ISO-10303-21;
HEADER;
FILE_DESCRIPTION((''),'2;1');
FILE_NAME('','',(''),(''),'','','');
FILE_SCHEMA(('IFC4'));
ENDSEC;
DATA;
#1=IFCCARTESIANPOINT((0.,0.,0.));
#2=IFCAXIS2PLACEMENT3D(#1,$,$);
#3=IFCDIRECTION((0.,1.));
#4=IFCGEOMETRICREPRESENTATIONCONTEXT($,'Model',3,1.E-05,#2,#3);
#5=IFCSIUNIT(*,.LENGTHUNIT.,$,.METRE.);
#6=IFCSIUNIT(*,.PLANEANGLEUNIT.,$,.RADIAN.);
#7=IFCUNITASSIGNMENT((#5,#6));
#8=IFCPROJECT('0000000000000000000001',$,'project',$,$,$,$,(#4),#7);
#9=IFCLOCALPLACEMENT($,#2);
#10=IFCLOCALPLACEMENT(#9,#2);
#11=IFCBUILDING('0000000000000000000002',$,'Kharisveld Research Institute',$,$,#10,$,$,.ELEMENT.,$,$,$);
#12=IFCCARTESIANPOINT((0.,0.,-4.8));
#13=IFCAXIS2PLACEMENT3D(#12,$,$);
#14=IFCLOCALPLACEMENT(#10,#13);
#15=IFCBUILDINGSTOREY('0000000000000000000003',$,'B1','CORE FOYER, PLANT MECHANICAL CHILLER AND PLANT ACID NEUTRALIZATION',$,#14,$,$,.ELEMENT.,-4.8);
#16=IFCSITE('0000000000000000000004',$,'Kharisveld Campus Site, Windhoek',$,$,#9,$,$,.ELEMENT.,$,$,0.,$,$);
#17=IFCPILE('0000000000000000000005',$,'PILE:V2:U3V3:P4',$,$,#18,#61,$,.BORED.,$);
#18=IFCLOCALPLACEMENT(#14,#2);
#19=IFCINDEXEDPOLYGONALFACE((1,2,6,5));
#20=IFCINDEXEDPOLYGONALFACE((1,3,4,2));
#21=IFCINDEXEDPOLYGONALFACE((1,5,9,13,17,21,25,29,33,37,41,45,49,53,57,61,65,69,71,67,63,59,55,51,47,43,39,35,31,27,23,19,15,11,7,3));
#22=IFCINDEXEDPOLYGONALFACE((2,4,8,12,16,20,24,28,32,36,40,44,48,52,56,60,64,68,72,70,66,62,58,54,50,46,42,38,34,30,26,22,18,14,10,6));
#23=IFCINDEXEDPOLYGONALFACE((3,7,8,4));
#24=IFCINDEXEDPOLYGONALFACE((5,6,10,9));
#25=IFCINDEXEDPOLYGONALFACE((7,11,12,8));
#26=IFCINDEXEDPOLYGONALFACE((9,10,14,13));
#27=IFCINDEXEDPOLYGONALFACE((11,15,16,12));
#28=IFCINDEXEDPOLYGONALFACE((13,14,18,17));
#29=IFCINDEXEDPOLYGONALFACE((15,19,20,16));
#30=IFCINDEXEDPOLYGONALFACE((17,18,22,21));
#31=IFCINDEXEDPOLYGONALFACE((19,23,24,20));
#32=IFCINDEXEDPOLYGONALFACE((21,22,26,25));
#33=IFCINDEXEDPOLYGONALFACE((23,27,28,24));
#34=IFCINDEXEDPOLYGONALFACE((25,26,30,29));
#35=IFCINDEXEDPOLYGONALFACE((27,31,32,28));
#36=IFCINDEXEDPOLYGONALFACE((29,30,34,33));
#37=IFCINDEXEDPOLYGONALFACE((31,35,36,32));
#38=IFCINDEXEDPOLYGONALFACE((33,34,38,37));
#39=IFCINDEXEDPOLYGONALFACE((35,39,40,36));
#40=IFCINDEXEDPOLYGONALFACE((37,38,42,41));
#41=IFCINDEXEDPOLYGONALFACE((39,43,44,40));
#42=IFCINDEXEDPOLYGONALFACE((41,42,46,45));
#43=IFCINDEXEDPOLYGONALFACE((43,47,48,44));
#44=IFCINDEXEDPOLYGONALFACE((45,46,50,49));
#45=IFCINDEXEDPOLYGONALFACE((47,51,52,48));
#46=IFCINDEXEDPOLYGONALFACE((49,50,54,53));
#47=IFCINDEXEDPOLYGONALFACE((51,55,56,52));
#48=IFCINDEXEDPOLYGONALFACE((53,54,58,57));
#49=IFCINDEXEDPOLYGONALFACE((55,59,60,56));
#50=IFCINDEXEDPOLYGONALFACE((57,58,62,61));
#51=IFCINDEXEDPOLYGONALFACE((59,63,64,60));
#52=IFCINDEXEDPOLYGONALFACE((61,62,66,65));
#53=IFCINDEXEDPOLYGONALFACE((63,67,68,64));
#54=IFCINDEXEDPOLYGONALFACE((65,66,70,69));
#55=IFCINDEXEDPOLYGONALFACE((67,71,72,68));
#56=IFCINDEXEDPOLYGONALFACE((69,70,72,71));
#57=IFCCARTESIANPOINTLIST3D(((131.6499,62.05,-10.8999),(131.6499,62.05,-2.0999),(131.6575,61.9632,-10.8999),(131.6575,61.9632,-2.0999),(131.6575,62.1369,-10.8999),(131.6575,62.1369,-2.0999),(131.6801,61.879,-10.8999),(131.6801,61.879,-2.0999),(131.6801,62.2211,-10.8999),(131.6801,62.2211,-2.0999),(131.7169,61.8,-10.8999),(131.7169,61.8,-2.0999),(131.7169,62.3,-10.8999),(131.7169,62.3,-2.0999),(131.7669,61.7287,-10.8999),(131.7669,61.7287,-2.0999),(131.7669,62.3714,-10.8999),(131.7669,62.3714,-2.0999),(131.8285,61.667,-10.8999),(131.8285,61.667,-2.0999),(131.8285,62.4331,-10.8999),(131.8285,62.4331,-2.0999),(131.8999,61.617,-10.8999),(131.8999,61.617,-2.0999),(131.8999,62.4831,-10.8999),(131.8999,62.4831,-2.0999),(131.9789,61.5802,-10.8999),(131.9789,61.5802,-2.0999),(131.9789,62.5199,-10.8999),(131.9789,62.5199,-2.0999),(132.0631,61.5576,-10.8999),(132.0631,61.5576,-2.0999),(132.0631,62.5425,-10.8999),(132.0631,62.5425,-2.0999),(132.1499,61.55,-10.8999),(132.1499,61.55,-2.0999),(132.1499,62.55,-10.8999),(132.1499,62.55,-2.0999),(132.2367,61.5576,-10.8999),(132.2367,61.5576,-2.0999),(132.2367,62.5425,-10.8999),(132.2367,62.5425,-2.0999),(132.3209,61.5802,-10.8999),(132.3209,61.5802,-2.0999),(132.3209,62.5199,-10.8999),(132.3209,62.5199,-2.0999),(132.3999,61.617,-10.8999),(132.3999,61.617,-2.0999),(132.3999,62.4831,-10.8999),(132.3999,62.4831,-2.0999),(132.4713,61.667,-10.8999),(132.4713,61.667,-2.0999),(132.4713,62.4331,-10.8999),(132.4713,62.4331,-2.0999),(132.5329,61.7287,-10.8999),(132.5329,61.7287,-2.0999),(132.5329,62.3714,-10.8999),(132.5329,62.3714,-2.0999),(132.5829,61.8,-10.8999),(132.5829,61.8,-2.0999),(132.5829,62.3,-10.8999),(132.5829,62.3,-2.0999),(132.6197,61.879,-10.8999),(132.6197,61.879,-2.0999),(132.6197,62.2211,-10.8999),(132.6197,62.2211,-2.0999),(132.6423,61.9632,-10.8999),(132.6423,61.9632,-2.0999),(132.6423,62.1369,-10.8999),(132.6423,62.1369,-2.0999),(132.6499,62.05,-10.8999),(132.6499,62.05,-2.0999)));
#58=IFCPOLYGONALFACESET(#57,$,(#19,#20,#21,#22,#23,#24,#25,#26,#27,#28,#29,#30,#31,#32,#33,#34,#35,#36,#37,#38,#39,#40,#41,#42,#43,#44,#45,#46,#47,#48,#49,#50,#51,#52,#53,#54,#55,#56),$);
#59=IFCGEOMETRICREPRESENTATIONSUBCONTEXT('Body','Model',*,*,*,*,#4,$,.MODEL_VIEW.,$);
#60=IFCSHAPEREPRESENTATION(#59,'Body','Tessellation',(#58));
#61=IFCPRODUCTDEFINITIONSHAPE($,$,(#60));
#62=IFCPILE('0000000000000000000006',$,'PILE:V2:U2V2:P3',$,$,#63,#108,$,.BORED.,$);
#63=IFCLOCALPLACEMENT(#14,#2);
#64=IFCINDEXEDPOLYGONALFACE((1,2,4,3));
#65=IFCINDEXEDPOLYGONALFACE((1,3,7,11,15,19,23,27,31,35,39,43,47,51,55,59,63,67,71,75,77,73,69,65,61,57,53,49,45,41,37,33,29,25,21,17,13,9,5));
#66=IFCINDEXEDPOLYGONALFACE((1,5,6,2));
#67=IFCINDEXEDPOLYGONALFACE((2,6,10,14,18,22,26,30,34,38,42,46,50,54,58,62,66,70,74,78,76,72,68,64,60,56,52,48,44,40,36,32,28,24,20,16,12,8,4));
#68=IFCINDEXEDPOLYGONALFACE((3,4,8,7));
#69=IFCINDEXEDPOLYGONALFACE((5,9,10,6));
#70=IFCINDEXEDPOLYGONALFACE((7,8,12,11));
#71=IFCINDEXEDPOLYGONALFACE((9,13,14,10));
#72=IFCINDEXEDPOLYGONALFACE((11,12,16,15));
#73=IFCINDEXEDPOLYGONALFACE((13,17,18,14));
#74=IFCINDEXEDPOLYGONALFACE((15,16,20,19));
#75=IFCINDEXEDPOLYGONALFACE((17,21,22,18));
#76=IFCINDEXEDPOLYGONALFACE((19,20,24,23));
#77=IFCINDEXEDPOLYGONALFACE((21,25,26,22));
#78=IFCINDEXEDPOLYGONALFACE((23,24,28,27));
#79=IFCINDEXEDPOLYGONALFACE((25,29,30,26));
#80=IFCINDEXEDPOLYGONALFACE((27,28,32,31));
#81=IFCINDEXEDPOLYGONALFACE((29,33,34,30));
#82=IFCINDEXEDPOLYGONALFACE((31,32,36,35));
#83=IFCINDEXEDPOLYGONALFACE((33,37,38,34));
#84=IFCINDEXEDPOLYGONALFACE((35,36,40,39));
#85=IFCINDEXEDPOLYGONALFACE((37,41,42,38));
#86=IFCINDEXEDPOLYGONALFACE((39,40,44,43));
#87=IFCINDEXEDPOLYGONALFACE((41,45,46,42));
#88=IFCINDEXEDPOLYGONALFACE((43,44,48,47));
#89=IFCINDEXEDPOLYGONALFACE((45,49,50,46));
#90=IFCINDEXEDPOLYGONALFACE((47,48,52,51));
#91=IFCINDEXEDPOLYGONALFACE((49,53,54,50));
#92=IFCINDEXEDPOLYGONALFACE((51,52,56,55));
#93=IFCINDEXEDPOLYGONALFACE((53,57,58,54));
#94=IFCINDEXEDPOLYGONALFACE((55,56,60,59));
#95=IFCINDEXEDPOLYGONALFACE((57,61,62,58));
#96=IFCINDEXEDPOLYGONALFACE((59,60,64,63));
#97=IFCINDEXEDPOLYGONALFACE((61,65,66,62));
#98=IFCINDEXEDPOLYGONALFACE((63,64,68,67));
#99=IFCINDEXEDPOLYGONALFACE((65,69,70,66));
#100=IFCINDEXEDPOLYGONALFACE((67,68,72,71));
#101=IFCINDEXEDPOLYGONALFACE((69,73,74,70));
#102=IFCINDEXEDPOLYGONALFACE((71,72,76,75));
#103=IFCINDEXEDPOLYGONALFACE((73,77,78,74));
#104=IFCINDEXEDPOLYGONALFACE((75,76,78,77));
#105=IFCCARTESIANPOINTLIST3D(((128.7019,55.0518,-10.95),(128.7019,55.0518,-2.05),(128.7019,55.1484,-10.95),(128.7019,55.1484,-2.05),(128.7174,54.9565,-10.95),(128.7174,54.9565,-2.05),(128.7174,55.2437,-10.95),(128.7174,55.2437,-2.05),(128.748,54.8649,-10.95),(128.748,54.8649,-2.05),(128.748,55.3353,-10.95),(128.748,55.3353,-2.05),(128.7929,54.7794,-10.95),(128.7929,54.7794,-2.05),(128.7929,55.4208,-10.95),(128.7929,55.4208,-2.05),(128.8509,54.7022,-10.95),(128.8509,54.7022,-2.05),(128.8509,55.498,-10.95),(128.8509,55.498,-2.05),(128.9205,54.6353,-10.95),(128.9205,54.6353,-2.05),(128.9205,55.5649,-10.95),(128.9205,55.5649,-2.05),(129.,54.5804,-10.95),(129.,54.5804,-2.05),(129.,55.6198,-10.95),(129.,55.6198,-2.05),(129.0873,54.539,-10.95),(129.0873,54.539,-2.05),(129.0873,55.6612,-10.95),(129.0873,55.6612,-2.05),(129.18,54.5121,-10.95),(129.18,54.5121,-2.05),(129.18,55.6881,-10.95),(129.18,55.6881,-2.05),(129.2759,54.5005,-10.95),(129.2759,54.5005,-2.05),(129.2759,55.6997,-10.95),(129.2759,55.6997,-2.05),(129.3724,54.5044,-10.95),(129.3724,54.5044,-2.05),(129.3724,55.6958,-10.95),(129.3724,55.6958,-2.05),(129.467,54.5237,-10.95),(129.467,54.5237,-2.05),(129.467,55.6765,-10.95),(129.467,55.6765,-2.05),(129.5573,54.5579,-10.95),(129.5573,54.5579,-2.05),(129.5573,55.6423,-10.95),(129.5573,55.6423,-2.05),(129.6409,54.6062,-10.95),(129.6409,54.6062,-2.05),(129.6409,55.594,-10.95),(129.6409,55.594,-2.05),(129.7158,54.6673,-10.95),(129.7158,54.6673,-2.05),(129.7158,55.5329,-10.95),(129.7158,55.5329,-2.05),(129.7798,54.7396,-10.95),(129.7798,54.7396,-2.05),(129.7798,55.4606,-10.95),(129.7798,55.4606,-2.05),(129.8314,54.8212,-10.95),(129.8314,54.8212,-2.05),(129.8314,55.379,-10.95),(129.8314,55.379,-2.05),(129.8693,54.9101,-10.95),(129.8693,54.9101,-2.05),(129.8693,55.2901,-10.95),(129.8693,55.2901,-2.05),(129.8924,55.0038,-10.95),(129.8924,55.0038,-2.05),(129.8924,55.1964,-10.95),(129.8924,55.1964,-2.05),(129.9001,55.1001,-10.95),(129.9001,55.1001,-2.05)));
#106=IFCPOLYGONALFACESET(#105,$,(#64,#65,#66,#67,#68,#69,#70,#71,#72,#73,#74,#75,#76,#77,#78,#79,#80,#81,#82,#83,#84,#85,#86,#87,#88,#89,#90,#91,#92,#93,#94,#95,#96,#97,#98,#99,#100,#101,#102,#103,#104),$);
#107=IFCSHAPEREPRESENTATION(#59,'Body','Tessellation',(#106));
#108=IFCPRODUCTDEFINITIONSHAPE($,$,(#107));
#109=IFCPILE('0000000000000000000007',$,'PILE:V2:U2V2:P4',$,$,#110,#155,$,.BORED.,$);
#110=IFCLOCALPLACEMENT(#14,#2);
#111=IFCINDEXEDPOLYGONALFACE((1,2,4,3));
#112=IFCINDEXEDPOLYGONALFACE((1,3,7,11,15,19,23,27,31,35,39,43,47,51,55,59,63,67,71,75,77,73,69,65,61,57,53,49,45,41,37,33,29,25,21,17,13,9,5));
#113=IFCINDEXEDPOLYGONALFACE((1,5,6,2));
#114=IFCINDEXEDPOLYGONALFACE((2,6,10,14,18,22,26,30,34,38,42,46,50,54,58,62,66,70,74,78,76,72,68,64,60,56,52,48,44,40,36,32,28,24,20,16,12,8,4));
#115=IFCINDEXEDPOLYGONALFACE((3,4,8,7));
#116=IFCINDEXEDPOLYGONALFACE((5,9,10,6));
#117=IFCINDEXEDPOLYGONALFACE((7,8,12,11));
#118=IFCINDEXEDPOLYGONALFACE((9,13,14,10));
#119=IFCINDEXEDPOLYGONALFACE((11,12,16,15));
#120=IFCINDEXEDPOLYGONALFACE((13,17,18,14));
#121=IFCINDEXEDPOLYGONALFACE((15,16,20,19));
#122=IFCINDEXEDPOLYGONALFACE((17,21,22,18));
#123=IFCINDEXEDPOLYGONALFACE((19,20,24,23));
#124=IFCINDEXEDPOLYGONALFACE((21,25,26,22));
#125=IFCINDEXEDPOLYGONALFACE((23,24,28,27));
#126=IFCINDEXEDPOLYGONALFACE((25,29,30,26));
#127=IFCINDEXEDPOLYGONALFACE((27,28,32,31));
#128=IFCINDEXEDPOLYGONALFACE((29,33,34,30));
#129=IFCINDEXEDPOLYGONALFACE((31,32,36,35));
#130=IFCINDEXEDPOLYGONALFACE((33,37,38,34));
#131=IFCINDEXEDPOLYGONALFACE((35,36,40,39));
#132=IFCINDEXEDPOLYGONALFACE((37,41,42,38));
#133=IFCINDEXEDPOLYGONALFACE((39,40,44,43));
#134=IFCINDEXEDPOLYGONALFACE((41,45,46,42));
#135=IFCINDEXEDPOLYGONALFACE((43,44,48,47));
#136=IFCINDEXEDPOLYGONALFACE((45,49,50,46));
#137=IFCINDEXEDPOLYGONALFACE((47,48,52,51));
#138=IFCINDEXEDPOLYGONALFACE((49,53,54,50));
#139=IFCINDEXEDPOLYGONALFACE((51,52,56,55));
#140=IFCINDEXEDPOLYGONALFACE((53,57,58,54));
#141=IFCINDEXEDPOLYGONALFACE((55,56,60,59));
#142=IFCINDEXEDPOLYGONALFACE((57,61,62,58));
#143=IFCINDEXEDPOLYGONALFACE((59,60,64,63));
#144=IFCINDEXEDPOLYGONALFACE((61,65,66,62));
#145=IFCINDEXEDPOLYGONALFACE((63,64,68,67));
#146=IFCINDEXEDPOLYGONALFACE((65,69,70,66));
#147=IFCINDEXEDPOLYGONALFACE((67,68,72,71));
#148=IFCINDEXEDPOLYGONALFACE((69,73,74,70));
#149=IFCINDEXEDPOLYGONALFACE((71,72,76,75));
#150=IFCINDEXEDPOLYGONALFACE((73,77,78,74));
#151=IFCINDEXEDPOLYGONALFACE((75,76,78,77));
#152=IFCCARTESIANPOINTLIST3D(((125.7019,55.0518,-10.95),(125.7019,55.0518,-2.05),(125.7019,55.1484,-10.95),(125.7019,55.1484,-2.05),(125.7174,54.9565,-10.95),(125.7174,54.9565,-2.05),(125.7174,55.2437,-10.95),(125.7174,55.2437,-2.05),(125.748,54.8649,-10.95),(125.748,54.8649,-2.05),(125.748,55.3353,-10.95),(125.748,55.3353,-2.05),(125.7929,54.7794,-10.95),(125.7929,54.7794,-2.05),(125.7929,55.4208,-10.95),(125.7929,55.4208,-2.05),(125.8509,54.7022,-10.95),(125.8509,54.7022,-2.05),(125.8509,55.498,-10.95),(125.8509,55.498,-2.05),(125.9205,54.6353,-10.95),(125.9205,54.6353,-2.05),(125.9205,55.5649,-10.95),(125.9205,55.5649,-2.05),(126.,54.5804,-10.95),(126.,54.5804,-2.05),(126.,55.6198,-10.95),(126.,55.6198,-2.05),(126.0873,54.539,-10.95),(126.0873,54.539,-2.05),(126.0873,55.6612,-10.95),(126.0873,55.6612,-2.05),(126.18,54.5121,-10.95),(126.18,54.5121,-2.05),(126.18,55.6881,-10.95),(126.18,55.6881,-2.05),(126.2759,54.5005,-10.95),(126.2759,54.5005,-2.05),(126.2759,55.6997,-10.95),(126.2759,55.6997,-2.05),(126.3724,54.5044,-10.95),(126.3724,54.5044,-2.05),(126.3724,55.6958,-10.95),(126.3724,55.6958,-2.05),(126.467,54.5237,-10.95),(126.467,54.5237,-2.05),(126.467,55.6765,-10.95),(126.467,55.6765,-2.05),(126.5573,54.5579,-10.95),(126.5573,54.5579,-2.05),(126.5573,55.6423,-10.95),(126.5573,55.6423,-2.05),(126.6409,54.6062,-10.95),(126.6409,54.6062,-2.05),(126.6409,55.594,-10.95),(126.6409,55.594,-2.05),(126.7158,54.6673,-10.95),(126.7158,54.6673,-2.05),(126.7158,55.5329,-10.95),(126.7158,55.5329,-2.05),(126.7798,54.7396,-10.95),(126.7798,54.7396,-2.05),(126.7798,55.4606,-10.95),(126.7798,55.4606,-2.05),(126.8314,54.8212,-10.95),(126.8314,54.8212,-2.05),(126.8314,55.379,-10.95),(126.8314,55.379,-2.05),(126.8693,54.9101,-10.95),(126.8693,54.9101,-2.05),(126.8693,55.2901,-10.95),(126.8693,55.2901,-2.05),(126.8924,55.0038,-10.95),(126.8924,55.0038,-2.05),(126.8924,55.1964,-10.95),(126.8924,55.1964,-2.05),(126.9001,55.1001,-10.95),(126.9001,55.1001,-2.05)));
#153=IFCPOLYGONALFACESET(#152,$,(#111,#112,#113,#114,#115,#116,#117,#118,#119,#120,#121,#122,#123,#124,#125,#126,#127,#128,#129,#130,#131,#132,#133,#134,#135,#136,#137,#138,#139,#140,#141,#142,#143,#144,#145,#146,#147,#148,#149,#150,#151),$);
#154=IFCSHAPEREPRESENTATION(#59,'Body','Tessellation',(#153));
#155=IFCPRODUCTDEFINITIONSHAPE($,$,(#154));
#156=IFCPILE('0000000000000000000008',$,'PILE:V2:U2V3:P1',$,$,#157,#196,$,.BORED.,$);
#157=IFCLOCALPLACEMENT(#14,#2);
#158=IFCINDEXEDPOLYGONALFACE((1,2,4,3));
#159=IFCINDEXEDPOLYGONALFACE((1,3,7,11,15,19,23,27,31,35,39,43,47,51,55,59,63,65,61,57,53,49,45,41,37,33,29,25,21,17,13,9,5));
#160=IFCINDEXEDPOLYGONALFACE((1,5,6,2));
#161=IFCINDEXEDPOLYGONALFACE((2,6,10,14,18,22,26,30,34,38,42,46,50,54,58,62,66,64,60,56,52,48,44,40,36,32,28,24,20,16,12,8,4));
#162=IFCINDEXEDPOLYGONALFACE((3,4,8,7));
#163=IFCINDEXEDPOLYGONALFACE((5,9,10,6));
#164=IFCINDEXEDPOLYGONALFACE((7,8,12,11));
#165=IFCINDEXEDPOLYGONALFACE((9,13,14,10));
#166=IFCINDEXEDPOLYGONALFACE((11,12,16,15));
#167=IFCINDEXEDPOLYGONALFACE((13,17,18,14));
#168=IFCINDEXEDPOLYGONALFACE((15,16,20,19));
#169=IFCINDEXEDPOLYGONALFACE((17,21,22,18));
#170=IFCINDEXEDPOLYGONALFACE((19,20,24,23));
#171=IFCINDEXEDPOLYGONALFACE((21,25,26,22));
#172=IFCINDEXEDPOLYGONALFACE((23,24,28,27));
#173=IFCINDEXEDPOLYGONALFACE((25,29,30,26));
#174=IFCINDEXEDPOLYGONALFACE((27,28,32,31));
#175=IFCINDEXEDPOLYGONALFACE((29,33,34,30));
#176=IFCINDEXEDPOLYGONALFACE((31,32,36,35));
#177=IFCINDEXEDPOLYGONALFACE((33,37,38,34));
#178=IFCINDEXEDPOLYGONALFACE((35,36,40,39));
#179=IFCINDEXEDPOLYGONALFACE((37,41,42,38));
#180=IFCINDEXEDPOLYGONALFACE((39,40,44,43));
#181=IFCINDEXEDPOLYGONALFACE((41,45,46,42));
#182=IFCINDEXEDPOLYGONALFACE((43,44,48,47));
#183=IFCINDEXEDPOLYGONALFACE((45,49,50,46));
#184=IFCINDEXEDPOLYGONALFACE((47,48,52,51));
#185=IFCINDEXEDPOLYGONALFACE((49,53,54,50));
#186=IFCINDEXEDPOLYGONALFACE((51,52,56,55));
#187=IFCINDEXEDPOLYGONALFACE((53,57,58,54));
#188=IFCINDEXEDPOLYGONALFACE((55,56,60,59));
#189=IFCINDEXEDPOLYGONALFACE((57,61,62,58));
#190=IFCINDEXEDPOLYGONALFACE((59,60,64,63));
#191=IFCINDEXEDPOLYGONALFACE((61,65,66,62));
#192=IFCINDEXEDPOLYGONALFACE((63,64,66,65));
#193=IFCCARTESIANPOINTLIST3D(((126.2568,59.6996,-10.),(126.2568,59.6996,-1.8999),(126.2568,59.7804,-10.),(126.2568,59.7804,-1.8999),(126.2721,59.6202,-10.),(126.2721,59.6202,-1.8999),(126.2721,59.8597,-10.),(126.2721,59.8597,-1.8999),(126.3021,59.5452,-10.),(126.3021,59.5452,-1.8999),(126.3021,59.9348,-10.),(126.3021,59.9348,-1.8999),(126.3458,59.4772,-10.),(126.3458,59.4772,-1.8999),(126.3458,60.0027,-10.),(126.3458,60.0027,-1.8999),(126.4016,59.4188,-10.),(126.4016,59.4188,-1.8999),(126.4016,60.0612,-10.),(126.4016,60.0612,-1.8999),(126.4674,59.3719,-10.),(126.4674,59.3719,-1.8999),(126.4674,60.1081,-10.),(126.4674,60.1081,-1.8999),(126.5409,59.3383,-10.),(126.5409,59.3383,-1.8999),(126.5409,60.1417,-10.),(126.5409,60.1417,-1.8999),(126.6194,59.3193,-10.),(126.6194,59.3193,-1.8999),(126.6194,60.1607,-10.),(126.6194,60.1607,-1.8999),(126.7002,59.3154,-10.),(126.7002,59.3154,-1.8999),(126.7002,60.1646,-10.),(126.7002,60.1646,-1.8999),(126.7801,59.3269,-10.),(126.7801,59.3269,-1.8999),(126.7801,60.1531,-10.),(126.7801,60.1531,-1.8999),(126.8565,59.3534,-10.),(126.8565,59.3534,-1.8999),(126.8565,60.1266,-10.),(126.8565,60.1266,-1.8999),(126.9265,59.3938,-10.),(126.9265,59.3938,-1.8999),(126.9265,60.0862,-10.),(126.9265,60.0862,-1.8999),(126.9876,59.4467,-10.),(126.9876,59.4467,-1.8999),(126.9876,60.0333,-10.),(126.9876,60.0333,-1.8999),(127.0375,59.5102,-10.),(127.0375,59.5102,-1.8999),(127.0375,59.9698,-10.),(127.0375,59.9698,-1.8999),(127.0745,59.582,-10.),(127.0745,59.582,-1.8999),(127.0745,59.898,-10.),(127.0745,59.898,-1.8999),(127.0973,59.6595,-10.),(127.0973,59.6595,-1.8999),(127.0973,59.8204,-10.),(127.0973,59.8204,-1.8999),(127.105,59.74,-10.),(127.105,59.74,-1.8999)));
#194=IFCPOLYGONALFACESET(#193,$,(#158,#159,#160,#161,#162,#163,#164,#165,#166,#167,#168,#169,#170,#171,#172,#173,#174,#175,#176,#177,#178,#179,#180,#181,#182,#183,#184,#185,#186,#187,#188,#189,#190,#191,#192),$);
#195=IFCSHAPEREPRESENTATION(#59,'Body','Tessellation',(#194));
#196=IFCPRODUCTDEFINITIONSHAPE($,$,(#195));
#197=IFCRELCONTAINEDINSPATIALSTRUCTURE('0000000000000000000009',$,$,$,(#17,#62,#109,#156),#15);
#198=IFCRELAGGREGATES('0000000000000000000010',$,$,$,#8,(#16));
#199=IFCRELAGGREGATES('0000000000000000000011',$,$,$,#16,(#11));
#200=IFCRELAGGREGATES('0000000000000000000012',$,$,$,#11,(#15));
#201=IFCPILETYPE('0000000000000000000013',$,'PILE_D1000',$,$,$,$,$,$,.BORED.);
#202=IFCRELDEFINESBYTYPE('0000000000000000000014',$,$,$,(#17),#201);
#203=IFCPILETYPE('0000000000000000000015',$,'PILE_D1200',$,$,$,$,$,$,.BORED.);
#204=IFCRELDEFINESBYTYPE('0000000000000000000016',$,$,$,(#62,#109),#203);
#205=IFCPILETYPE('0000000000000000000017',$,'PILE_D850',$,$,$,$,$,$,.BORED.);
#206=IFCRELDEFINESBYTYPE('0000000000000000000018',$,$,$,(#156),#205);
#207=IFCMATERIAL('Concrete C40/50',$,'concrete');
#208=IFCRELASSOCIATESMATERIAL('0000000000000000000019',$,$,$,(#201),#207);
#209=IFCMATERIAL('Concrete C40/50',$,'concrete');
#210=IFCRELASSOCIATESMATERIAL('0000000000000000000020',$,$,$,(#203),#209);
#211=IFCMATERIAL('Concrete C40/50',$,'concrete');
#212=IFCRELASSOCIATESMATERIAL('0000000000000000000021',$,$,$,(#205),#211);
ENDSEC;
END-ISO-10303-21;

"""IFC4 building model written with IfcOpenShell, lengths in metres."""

from ifc_helpers import new_model, si_unit, direction, frame, origin, origin_2d, place, context, subcontext, project, spatial, circle, extrude, material, material_profile, profile_set, type_object, element, save


model = new_model("IFC4")

# Units and contexts
model_context = context("Model", 3, precision=1e-05, world=origin(), true_north=direction((0.0, 1.0)))
body_context = subcontext(model_context, "Body", "Model", "MODEL_VIEW")
ifc_project = project(units=[si_unit("LENGTHUNIT", "METRE"), si_unit("PLANEANGLEUNIT", "RADIAN")], contexts=[model_context])

# Site, building, storey
site_placement = place(None, origin())
site = spatial("IfcSite", under=ifc_project, at=site_placement, Name="Kharisveld Campus Site, Windhoek", CompositionType="ELEMENT", RefElevation=0.0)
building_placement = place(site_placement, origin())
building = spatial("IfcBuilding", under=site, at=building_placement, Name="Kharisveld Research Institute", CompositionType="ELEMENT")
storey_placement = place(building_placement, frame((0.0, 0.0, -4.8)))
storey = spatial("IfcBuildingStorey", under=building, at=storey_placement, Name="B1", Description="CORE FOYER, PLANT MECHANICAL CHILLER AND PLANT ACID NEUTRALIZATION", CompositionType="ELEMENT", Elevation=-4.8)

# Piles
ifc_material_1 = material(Name="Concrete C40/50", Category="concrete")
ifc_material_profile_1 = material_profile(ifc_material_1, circle(Radius=0.5, at=origin_2d()))
ifc_profile_set_1 = profile_set([ifc_material_profile_1], Name="Concrete C40/50")
pile_type_1 = type_object("IfcPileType", Name="PILE_D1000", PredefinedType="BORED", material=ifc_profile_set_1)
for number, where, z_axis, x_axis, name in (
    (1, (132.1499, 62.05, -2.0999), (0.0, 0.0, -1.0), (1.0, 0.0, 0.0), "PILE:V2:U3V3:P4"),
):
    element("IfcPile", number, at=place(storey_placement, frame(where, z_axis=z_axis, x_axis=x_axis)), inside=storey, type_object=pile_type_1, Name=name, PredefinedType="BORED", context=body_context, shape_type="SweptSolid", body=[
        extrude(circle(Radius=0.5, at=origin_2d()), origin(), (0.0, 0.0, 1.0), 8.8),
    ])
ifc_material_2 = material(Name="Concrete C40/50", Category="concrete")
ifc_material_profile_2 = material_profile(ifc_material_2, circle(Radius=0.6001, at=origin_2d()))
ifc_profile_set_2 = profile_set([ifc_material_profile_2], Name="Concrete C40/50")
pile_type_2 = type_object("IfcPileType", Name="PILE_D1200", PredefinedType="BORED", material=ifc_profile_set_2)
for number, where, z_axis, x_axis, name in (
    (2, (129.3, 55.1001, -2.05), (0.0, 0.0, -1.0), (1.0, 0.0, 0.0), "PILE:V2:U2V2:P3"),
    (3, (126.3, 55.1001, -2.05), (0.0, 0.0, -1.0), (1.0, 0.0, 0.0), "PILE:V2:U2V2:P4"),
):
    element("IfcPile", number, at=place(storey_placement, frame(where, z_axis=z_axis, x_axis=x_axis)), inside=storey, type_object=pile_type_2, Name=name, PredefinedType="BORED", context=body_context, shape_type="SweptSolid", body=[
        extrude(circle(Radius=0.6001, at=origin_2d()), origin(), (0.0, 0.0, 1.0), 8.8999),
    ])
ifc_material_3 = material(Name="Concrete C40/50", Category="concrete")
ifc_material_profile_3 = material_profile(ifc_material_3, circle(Radius=0.425, at=origin_2d()))
ifc_profile_set_3 = profile_set([ifc_material_profile_3], Name="Concrete C40/50")
pile_type_3 = type_object("IfcPileType", Name="PILE_D850", PredefinedType="BORED", material=ifc_profile_set_3)
for number, where, z_axis, x_axis, name in (
    (4, (126.6799, 59.74, -1.8999), (0.0, 0.0, -1.0), (1.0, 0.0, 0.0), "PILE:V2:U2V3:P1"),
):
    element("IfcPile", number, at=place(storey_placement, frame(where, z_axis=z_axis, x_axis=x_axis)), inside=storey, type_object=pile_type_3, Name=name, PredefinedType="BORED", context=body_context, shape_type="SweptSolid", body=[
        extrude(circle(Radius=0.425, at=origin_2d()), origin(), (0.0, 0.0, 1.0), 8.1001),
    ])

save(model, "model.ifc")
